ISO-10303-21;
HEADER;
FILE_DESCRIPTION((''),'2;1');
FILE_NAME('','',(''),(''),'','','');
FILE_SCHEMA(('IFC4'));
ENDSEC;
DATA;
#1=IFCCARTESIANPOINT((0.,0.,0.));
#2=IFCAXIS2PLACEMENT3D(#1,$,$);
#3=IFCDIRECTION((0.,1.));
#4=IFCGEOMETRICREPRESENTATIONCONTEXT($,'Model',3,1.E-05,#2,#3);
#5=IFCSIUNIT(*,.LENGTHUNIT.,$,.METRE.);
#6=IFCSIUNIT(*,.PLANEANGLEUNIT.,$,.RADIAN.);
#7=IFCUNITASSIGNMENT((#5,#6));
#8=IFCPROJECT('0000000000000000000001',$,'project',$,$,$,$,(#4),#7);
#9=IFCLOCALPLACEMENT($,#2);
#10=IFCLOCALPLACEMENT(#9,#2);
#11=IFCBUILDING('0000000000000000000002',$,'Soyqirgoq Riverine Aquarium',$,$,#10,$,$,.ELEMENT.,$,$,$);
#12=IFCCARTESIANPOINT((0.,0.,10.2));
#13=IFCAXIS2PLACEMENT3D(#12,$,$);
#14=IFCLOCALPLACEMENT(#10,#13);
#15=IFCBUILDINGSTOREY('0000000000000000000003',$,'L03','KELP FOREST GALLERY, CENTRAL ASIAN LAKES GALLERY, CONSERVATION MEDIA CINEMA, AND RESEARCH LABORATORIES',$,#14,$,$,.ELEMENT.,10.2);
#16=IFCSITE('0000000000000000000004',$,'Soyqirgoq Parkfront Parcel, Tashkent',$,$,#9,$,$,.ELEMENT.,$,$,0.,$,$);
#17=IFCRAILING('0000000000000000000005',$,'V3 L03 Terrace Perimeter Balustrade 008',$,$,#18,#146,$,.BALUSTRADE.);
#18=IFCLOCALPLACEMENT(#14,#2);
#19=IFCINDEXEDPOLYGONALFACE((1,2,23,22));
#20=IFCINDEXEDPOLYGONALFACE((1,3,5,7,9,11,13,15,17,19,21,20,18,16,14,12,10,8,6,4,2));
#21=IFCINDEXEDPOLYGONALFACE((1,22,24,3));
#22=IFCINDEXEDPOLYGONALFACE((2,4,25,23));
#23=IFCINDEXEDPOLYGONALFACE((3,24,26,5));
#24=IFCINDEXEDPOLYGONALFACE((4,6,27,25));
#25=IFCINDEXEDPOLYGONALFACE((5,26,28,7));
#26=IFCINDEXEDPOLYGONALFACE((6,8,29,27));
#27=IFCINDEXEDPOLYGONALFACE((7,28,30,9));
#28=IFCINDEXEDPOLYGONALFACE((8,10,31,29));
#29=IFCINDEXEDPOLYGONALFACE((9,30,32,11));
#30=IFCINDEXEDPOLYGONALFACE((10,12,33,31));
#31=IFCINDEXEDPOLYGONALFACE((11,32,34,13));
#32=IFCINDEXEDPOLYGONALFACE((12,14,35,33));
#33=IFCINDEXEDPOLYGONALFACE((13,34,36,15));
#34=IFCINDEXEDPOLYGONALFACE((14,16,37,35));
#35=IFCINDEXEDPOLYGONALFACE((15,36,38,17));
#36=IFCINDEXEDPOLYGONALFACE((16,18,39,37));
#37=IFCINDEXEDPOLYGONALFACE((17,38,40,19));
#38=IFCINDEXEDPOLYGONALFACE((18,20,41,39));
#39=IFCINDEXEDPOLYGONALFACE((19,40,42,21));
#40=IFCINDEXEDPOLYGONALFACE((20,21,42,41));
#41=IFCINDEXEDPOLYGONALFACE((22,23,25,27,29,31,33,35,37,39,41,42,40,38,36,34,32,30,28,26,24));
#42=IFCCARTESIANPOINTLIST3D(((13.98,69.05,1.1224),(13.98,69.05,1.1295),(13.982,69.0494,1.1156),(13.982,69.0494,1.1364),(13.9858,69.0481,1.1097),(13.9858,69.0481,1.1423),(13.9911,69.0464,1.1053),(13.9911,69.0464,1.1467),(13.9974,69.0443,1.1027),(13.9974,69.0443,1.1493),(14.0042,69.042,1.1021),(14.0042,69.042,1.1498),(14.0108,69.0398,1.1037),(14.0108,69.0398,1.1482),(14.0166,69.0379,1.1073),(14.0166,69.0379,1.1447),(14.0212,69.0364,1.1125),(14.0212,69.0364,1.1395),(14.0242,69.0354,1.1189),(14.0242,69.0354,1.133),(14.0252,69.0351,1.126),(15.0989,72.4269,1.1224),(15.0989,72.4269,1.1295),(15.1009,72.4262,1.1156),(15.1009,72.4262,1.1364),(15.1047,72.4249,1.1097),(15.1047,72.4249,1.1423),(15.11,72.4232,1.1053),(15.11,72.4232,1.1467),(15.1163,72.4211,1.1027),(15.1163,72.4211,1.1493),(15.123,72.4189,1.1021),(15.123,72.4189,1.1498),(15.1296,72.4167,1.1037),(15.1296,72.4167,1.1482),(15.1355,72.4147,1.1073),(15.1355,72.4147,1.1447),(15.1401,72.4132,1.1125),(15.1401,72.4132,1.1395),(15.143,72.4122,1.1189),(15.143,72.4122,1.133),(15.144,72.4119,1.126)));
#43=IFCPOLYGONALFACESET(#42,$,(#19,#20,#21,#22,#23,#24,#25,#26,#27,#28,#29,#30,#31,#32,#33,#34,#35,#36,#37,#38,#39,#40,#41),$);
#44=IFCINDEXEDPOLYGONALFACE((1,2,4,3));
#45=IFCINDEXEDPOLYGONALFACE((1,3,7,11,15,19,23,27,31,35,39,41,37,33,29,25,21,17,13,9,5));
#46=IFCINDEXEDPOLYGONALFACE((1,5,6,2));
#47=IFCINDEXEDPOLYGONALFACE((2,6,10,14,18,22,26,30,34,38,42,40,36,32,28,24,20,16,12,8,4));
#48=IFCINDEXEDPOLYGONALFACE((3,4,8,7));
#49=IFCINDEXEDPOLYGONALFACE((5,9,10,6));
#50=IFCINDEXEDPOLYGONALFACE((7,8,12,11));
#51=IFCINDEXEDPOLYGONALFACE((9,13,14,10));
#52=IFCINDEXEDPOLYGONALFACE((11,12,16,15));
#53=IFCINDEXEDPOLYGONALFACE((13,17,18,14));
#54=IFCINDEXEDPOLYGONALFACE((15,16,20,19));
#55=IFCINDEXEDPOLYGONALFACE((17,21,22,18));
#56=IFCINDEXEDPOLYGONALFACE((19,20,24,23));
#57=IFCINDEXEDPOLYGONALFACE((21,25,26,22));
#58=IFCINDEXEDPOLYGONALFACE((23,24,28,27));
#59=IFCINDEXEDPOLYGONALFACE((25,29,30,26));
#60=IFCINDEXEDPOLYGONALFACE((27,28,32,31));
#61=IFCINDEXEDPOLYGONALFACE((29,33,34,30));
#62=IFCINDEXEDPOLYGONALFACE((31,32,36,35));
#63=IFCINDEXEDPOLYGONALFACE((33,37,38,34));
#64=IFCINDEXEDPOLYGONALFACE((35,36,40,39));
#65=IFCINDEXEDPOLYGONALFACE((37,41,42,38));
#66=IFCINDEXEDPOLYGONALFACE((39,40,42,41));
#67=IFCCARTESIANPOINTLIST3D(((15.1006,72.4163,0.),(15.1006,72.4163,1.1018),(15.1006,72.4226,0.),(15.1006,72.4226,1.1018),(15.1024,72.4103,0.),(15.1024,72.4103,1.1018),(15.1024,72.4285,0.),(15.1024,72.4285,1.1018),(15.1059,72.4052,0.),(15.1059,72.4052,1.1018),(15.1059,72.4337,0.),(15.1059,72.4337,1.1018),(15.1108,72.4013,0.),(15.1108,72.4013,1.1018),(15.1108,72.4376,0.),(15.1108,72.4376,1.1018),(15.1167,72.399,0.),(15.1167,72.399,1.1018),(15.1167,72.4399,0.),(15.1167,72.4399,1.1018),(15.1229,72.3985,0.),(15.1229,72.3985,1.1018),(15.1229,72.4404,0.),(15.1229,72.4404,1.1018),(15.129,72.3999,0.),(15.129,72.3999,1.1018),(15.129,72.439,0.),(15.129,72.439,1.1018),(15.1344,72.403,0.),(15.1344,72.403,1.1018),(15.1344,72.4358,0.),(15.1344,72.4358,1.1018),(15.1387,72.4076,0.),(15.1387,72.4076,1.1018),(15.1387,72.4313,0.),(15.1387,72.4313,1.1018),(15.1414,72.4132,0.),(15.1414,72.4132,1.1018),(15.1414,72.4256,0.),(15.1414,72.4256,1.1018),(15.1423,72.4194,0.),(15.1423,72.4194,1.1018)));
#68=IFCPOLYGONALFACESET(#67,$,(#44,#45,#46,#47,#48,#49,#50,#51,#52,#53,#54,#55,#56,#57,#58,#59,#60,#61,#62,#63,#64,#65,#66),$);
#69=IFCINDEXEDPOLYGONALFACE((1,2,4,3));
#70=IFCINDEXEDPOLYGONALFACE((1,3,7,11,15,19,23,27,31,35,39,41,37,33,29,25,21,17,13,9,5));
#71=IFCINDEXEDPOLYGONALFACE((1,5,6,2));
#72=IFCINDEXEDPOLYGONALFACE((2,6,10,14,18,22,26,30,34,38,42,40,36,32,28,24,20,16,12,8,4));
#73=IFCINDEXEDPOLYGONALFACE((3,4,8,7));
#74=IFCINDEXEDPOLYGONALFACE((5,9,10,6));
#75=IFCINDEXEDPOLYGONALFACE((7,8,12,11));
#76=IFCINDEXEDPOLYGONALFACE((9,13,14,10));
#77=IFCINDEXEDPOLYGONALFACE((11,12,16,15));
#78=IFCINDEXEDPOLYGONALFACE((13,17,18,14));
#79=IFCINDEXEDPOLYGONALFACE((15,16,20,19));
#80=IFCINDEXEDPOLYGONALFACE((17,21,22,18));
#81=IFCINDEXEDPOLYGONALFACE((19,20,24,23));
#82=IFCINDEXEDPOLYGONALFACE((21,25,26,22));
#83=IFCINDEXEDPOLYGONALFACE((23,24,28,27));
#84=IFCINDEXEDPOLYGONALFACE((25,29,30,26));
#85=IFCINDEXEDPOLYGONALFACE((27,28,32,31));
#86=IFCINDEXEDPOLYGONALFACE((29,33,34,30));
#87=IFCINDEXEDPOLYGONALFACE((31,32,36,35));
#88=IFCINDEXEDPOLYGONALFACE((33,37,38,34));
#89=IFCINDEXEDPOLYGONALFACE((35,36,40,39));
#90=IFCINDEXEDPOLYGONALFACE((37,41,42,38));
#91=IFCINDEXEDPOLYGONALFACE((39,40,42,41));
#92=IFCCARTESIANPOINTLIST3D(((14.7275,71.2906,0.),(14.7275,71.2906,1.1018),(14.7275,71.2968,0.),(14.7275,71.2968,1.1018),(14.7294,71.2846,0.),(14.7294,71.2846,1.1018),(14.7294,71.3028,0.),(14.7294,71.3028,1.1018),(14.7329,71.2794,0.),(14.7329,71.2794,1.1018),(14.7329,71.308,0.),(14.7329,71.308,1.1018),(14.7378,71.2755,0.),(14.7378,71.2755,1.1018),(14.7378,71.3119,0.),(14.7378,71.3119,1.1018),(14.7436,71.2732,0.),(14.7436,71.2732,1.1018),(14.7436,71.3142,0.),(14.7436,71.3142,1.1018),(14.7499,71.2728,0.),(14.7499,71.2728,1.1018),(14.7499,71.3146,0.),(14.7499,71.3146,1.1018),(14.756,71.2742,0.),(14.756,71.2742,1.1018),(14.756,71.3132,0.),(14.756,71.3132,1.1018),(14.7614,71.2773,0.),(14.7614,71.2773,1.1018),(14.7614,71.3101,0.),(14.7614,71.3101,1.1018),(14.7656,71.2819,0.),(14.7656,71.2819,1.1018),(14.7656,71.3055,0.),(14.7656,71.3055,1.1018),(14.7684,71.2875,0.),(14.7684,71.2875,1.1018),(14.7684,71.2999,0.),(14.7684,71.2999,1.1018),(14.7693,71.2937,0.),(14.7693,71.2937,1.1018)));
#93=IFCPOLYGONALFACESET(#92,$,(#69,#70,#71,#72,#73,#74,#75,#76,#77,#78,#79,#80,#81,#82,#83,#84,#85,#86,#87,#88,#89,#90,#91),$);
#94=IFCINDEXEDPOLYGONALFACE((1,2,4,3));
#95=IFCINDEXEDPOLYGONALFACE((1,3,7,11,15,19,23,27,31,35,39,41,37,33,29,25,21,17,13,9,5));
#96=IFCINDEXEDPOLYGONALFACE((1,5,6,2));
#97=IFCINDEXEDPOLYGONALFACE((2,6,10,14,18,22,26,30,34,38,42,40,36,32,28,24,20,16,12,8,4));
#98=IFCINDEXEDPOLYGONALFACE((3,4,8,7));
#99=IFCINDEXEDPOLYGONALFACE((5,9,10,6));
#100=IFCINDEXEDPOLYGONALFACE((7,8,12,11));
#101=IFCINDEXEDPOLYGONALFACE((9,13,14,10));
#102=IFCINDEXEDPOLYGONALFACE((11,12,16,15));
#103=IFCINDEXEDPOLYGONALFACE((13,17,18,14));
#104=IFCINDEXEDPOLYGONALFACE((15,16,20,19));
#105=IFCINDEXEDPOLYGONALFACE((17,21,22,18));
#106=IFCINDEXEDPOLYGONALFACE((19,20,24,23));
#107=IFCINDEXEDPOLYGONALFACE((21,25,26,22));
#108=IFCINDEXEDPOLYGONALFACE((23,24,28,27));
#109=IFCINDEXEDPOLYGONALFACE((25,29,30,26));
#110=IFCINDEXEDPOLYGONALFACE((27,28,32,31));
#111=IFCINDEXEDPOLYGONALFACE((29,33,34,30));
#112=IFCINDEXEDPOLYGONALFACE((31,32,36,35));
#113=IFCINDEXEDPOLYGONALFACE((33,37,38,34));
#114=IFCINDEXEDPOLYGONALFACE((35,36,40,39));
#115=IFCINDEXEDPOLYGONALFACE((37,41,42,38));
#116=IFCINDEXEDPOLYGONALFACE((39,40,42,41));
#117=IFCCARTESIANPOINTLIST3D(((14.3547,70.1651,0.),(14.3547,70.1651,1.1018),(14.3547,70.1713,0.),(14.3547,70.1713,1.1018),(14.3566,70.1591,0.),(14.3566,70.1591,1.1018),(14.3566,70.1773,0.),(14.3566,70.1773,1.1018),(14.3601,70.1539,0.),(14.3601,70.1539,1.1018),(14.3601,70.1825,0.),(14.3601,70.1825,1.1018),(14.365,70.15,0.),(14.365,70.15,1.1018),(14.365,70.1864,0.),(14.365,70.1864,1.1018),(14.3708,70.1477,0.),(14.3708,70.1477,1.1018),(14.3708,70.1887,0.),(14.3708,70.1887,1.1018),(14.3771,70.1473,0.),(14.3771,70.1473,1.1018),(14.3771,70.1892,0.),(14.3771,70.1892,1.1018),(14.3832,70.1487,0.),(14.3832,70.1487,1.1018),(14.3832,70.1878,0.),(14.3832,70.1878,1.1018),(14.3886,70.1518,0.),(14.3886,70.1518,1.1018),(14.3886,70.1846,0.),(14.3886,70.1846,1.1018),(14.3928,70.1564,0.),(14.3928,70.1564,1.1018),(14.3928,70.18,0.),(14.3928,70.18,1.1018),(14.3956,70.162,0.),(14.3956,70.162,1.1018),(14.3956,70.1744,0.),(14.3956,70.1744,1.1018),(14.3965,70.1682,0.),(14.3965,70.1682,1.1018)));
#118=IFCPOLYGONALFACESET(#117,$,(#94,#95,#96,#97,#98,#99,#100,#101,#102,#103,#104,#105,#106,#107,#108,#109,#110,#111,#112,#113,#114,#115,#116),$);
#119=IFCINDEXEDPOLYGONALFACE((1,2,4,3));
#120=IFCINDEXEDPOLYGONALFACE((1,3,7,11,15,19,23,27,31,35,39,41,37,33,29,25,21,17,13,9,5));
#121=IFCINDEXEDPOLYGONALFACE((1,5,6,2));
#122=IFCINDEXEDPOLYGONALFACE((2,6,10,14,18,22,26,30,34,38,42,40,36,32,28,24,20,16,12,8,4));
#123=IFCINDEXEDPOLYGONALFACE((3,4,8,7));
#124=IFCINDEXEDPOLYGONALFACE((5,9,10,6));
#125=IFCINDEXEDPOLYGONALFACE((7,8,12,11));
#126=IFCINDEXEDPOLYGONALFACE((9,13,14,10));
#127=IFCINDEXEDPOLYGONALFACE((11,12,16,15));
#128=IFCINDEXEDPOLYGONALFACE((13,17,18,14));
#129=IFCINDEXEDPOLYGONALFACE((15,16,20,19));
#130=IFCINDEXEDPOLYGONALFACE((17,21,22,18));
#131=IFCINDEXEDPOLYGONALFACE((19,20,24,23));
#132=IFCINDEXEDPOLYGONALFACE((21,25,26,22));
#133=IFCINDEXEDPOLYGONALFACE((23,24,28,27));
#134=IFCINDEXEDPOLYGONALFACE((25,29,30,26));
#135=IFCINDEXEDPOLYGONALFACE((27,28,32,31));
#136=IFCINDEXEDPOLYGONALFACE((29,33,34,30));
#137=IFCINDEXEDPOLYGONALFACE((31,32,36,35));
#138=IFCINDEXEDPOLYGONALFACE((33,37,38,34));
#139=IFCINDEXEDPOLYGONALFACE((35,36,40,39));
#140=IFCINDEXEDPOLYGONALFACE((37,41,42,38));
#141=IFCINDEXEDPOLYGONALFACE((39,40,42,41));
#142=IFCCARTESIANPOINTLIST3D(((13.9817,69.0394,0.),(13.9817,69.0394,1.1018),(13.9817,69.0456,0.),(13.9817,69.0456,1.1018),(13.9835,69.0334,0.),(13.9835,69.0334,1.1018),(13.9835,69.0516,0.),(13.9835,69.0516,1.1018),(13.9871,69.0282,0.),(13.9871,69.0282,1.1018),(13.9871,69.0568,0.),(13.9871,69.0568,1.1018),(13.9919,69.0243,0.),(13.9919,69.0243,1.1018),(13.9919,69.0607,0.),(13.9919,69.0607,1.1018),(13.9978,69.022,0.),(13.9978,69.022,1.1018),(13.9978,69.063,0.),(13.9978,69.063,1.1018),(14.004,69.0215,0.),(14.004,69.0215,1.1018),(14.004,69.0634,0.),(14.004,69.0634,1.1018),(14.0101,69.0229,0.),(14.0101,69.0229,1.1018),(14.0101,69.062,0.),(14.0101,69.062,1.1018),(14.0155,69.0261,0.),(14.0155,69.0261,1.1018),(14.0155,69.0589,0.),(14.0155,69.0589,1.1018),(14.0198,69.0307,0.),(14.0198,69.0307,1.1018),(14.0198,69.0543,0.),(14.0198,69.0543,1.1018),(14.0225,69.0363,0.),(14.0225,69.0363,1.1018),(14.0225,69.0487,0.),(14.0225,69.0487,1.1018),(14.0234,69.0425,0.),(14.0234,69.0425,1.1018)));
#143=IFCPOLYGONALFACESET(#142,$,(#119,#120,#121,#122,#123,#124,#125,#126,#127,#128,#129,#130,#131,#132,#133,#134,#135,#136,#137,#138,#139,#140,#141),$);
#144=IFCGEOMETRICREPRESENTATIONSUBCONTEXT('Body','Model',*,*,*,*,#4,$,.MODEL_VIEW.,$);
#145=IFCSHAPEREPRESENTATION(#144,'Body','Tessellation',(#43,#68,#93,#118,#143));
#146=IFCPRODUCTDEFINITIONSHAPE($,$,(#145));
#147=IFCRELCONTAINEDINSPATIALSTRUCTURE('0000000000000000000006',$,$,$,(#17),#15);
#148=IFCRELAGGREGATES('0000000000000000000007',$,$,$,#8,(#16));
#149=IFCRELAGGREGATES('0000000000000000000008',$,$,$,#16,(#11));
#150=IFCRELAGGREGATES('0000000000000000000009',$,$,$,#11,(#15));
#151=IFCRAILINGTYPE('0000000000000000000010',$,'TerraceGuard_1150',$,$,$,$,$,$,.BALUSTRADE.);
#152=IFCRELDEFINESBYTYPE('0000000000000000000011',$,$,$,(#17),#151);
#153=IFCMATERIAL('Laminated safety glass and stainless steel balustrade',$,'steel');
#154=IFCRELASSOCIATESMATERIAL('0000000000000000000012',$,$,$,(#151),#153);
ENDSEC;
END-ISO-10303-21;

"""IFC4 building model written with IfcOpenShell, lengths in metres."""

from ifc_helpers import new_model, si_unit, direction, frame, origin, origin_2d, place, context, subcontext, project, spatial, circle, extrude, material, type_object, element, save


model = new_model("IFC4")

# Units and contexts
model_context = context("Model", 3, precision=1e-05, world=origin(), true_north=direction((0.0, 1.0)))
body_context = subcontext(model_context, "Body", "Model", "MODEL_VIEW")
ifc_project = project(units=[si_unit("LENGTHUNIT", "METRE"), si_unit("PLANEANGLEUNIT", "RADIAN")], contexts=[model_context])

# Site, building, storey
site_placement = place(None, origin())
site = spatial("IfcSite", under=ifc_project, at=site_placement, Name="Soyqirgoq Parkfront Parcel, Tashkent", CompositionType="ELEMENT", RefElevation=0.0)
building_placement = place(site_placement, origin())
building = spatial("IfcBuilding", under=site, at=building_placement, Name="Soyqirgoq Riverine Aquarium", CompositionType="ELEMENT")
storey_placement = place(building_placement, frame((0.0, 0.0, 10.2)))
storey = spatial("IfcBuildingStorey", under=building, at=storey_placement, Name="L03", Description="KELP FOREST GALLERY, CENTRAL ASIAN LAKES GALLERY, CONSERVATION MEDIA CINEMA, AND RESEARCH LABORATORIES", CompositionType="ELEMENT", Elevation=10.2)

# Railing
ifc_material_1 = material(Name="Laminated safety glass and stainless steel balustrade", Category="steel")
railing_type = type_object("IfcRailingType", Name="TerraceGuard_1150", PredefinedType="BALUSTRADE", material=ifc_material_1)
railing_1_placement = place(storey_placement, frame((15.1213, 72.4194, 0.0)))
element("IfcRailing", 1, at=railing_1_placement, inside=storey, type_object=railing_type, Name="V3 L03 Terrace Perimeter Balustrade 008", PredefinedType="BALUSTRADE", context=body_context, shape_type="SweptSolid", body=[
    extrude(circle(Radius=0.0239, at=origin_2d()), frame((0.0, 0.0, 1.126), z_axis=(-0.314518, -0.949251, 0.0), x_axis=(0.949251, -0.314518, 0.0)), (0.0, 0.0, 1.0), 3.5574),
    extrude(circle(Radius=0.021, at=origin_2d()), origin(), (0.0, 0.0, 1.0), 1.1018),
    extrude(circle(Radius=0.021, at=origin_2d()), frame((-0.373, -1.1257, 0.0)), (0.0, 0.0, 1.0), 1.1018),
    extrude(circle(Radius=0.021, at=origin_2d()), frame((-0.7458, -2.2512, 0.0)), (0.0, 0.0, 1.0), 1.1018),
    extrude(circle(Radius=0.021, at=origin_2d()), frame((-1.1189, -3.377, 0.0)), (0.0, 0.0, 1.0), 1.1018),
])

save(model, "model.ifc")
